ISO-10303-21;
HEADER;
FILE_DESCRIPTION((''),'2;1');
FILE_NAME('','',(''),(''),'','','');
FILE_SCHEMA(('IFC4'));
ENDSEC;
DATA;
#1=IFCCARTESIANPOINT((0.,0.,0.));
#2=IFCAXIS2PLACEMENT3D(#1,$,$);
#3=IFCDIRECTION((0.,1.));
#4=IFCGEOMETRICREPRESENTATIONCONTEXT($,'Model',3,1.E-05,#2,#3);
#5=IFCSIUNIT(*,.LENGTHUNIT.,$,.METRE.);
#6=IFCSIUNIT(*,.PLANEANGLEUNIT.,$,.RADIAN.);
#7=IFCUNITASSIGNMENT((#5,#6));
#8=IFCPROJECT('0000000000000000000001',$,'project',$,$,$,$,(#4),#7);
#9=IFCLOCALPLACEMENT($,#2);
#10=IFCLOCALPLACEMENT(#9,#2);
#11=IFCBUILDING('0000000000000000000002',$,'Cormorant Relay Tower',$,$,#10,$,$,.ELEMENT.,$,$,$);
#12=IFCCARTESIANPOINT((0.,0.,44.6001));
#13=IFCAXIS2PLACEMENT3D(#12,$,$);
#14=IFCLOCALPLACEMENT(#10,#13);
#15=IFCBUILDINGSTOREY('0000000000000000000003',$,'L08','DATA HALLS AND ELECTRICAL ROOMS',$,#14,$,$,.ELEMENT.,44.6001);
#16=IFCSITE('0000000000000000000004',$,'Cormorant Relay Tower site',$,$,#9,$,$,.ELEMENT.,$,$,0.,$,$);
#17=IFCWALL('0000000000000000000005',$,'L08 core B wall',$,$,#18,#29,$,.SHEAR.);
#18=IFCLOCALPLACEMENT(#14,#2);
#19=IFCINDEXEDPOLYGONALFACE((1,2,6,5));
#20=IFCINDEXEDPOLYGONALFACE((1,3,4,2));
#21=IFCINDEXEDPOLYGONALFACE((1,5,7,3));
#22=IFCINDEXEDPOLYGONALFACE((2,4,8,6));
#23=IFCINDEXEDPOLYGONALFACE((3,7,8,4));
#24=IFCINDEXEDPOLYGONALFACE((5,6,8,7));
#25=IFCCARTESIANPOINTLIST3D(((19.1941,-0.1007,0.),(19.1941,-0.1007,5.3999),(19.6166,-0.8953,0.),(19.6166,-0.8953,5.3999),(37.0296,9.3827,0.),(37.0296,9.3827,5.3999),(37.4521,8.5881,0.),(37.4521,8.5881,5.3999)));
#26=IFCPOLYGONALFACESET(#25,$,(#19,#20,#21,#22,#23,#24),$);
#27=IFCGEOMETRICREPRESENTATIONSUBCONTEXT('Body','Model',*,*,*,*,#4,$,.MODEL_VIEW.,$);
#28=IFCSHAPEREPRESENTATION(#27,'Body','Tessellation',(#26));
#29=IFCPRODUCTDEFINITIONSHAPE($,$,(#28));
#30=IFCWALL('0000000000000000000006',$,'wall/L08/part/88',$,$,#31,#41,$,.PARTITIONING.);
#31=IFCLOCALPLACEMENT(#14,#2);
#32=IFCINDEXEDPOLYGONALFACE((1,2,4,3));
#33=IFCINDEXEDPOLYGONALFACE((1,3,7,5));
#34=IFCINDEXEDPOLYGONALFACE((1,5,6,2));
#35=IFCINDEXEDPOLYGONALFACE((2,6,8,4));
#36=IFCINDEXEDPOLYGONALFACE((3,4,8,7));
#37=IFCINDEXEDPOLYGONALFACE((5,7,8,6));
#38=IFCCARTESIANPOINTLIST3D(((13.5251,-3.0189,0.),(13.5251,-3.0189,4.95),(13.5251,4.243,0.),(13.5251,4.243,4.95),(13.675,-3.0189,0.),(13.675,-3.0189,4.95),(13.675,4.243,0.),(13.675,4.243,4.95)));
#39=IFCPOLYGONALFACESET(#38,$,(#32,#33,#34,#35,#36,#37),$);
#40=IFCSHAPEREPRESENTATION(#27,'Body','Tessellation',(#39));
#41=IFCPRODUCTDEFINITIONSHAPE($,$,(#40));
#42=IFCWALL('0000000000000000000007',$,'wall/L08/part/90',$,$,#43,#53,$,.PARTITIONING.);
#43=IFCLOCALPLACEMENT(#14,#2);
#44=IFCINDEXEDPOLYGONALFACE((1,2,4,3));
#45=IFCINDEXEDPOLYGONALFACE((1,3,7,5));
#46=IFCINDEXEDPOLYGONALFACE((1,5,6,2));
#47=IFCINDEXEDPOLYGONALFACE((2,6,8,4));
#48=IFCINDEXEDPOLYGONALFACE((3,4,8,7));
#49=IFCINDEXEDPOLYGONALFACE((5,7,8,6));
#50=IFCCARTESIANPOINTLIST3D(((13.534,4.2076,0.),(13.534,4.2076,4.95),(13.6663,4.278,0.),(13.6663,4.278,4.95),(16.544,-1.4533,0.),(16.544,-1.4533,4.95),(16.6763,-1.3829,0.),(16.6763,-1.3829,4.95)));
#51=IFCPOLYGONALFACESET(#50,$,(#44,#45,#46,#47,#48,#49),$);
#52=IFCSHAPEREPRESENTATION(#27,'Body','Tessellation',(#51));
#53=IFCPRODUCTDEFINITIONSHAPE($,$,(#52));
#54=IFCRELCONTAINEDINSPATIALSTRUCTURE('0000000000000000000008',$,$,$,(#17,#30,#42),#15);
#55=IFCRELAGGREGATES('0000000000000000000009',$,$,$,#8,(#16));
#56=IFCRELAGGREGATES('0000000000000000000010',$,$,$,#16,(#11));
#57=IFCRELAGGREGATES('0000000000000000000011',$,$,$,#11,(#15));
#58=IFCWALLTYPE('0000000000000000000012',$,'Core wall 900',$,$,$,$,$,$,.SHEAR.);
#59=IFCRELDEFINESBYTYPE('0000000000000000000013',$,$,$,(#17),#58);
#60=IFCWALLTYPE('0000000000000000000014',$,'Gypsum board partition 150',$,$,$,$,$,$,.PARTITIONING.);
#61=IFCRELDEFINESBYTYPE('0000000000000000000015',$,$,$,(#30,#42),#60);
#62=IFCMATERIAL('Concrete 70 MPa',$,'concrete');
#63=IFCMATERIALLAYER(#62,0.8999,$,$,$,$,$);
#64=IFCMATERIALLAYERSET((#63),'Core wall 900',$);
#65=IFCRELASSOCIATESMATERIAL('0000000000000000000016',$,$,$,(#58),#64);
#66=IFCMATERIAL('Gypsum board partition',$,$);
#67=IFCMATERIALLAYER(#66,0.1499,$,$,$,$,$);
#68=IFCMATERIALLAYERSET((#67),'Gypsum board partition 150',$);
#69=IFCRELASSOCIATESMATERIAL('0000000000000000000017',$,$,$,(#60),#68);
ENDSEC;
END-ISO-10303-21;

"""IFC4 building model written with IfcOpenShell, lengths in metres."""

from ifc_helpers import new_model, si_unit, direction, frame, frame_2d, origin, place, context, subcontext, project, spatial, rectangle, extrude, material, layer, layer_set, type_object, element, save


model = new_model("IFC4")

# Units and contexts
model_context = context("Model", 3, precision=1e-05, world=origin(), true_north=direction((0.0, 1.0)))
body_context = subcontext(model_context, "Body", "Model", "MODEL_VIEW")
ifc_project = project(units=[si_unit("LENGTHUNIT", "METRE"), si_unit("PLANEANGLEUNIT", "RADIAN")], contexts=[model_context])

# Site, building, storey
site_placement = place(None, origin())
site = spatial("IfcSite", under=ifc_project, at=site_placement, Name="Cormorant Relay Tower site", CompositionType="ELEMENT", RefElevation=0.0)
building_placement = place(site_placement, origin())
building = spatial("IfcBuilding", under=site, at=building_placement, Name="Cormorant Relay Tower", CompositionType="ELEMENT")
storey_placement = place(building_placement, frame((0.0, 0.0, 44.6001)))
storey = spatial("IfcBuildingStorey", under=building, at=storey_placement, Name="L08", Description="DATA HALLS AND ELECTRICAL ROOMS", CompositionType="ELEMENT", Elevation=44.6001)

# Shared definitions
ifc_material_1 = material(Name="Concrete 70 MPa", Category="concrete")
ifc_layer_1 = layer(ifc_material_1, 0.8999)
ifc_layer_set_1 = layer_set([ifc_layer_1], Name="Core wall 900")
wall_type_1 = type_object("IfcWallType", Name="Core wall 900", PredefinedType="SHEAR", material=ifc_layer_set_1)

# Walls
wall_1_placement = place(storey_placement, frame((19.4053, -0.498, 0.0), z_axis=(0.0, 0.0, 1.0), x_axis=(0.882945, 0.469476, 0.0)))
element("IfcWall", 1, at=wall_1_placement, inside=storey, type_object=wall_type_1, Name="L08 core B wall", PredefinedType="SHEAR", context=body_context, shape_type="SweptSolid", body=[
    extrude(rectangle(XDim=20.2, YDim=0.8999, at=frame_2d((10.1001, 0.0))), origin(), (0.0, 0.0, 1.0), 5.3999),
])
ifc_material_2 = material(Name="Gypsum board partition")
ifc_layer_2 = layer(ifc_material_2, 0.1499)
ifc_layer_set_2 = layer_set([ifc_layer_2], Name="Gypsum board partition 150")
wall_type_2 = type_object("IfcWallType", Name="Gypsum board partition 150", PredefinedType="PARTITIONING", material=ifc_layer_set_2)
wall_2_placement = place(storey_placement, frame((13.6001, 4.2429, 0.0), z_axis=(0.0, 0.0, 1.0), x_axis=(0.0, -1.0, 0.0)))
element("IfcWall", 2, at=wall_2_placement, inside=storey, type_object=wall_type_2, Name="wall/L08/part/88", PredefinedType="PARTITIONING", context=body_context, shape_type="SweptSolid", body=[
    extrude(rectangle(XDim=7.262, YDim=0.1499, at=frame_2d((3.6309, 0.0))), origin(), (0.0, 0.0, 1.0), 4.95),
])
wall_3_placement = place(storey_placement, frame((16.6101, -1.418, 0.0), z_axis=(0.0, 0.0, 1.0), x_axis=(-0.469479, 0.882944, 0.0)))
element("IfcWall", 3, at=wall_3_placement, inside=storey, type_object=wall_type_2, Name="wall/L08/part/90", PredefinedType="PARTITIONING", context=body_context, shape_type="SweptSolid", body=[
    extrude(rectangle(XDim=6.4114, YDim=0.1499, at=frame_2d((3.2056, 0.0))), origin(), (0.0, 0.0, 1.0), 4.95),
])

save(model, "model.ifc")
